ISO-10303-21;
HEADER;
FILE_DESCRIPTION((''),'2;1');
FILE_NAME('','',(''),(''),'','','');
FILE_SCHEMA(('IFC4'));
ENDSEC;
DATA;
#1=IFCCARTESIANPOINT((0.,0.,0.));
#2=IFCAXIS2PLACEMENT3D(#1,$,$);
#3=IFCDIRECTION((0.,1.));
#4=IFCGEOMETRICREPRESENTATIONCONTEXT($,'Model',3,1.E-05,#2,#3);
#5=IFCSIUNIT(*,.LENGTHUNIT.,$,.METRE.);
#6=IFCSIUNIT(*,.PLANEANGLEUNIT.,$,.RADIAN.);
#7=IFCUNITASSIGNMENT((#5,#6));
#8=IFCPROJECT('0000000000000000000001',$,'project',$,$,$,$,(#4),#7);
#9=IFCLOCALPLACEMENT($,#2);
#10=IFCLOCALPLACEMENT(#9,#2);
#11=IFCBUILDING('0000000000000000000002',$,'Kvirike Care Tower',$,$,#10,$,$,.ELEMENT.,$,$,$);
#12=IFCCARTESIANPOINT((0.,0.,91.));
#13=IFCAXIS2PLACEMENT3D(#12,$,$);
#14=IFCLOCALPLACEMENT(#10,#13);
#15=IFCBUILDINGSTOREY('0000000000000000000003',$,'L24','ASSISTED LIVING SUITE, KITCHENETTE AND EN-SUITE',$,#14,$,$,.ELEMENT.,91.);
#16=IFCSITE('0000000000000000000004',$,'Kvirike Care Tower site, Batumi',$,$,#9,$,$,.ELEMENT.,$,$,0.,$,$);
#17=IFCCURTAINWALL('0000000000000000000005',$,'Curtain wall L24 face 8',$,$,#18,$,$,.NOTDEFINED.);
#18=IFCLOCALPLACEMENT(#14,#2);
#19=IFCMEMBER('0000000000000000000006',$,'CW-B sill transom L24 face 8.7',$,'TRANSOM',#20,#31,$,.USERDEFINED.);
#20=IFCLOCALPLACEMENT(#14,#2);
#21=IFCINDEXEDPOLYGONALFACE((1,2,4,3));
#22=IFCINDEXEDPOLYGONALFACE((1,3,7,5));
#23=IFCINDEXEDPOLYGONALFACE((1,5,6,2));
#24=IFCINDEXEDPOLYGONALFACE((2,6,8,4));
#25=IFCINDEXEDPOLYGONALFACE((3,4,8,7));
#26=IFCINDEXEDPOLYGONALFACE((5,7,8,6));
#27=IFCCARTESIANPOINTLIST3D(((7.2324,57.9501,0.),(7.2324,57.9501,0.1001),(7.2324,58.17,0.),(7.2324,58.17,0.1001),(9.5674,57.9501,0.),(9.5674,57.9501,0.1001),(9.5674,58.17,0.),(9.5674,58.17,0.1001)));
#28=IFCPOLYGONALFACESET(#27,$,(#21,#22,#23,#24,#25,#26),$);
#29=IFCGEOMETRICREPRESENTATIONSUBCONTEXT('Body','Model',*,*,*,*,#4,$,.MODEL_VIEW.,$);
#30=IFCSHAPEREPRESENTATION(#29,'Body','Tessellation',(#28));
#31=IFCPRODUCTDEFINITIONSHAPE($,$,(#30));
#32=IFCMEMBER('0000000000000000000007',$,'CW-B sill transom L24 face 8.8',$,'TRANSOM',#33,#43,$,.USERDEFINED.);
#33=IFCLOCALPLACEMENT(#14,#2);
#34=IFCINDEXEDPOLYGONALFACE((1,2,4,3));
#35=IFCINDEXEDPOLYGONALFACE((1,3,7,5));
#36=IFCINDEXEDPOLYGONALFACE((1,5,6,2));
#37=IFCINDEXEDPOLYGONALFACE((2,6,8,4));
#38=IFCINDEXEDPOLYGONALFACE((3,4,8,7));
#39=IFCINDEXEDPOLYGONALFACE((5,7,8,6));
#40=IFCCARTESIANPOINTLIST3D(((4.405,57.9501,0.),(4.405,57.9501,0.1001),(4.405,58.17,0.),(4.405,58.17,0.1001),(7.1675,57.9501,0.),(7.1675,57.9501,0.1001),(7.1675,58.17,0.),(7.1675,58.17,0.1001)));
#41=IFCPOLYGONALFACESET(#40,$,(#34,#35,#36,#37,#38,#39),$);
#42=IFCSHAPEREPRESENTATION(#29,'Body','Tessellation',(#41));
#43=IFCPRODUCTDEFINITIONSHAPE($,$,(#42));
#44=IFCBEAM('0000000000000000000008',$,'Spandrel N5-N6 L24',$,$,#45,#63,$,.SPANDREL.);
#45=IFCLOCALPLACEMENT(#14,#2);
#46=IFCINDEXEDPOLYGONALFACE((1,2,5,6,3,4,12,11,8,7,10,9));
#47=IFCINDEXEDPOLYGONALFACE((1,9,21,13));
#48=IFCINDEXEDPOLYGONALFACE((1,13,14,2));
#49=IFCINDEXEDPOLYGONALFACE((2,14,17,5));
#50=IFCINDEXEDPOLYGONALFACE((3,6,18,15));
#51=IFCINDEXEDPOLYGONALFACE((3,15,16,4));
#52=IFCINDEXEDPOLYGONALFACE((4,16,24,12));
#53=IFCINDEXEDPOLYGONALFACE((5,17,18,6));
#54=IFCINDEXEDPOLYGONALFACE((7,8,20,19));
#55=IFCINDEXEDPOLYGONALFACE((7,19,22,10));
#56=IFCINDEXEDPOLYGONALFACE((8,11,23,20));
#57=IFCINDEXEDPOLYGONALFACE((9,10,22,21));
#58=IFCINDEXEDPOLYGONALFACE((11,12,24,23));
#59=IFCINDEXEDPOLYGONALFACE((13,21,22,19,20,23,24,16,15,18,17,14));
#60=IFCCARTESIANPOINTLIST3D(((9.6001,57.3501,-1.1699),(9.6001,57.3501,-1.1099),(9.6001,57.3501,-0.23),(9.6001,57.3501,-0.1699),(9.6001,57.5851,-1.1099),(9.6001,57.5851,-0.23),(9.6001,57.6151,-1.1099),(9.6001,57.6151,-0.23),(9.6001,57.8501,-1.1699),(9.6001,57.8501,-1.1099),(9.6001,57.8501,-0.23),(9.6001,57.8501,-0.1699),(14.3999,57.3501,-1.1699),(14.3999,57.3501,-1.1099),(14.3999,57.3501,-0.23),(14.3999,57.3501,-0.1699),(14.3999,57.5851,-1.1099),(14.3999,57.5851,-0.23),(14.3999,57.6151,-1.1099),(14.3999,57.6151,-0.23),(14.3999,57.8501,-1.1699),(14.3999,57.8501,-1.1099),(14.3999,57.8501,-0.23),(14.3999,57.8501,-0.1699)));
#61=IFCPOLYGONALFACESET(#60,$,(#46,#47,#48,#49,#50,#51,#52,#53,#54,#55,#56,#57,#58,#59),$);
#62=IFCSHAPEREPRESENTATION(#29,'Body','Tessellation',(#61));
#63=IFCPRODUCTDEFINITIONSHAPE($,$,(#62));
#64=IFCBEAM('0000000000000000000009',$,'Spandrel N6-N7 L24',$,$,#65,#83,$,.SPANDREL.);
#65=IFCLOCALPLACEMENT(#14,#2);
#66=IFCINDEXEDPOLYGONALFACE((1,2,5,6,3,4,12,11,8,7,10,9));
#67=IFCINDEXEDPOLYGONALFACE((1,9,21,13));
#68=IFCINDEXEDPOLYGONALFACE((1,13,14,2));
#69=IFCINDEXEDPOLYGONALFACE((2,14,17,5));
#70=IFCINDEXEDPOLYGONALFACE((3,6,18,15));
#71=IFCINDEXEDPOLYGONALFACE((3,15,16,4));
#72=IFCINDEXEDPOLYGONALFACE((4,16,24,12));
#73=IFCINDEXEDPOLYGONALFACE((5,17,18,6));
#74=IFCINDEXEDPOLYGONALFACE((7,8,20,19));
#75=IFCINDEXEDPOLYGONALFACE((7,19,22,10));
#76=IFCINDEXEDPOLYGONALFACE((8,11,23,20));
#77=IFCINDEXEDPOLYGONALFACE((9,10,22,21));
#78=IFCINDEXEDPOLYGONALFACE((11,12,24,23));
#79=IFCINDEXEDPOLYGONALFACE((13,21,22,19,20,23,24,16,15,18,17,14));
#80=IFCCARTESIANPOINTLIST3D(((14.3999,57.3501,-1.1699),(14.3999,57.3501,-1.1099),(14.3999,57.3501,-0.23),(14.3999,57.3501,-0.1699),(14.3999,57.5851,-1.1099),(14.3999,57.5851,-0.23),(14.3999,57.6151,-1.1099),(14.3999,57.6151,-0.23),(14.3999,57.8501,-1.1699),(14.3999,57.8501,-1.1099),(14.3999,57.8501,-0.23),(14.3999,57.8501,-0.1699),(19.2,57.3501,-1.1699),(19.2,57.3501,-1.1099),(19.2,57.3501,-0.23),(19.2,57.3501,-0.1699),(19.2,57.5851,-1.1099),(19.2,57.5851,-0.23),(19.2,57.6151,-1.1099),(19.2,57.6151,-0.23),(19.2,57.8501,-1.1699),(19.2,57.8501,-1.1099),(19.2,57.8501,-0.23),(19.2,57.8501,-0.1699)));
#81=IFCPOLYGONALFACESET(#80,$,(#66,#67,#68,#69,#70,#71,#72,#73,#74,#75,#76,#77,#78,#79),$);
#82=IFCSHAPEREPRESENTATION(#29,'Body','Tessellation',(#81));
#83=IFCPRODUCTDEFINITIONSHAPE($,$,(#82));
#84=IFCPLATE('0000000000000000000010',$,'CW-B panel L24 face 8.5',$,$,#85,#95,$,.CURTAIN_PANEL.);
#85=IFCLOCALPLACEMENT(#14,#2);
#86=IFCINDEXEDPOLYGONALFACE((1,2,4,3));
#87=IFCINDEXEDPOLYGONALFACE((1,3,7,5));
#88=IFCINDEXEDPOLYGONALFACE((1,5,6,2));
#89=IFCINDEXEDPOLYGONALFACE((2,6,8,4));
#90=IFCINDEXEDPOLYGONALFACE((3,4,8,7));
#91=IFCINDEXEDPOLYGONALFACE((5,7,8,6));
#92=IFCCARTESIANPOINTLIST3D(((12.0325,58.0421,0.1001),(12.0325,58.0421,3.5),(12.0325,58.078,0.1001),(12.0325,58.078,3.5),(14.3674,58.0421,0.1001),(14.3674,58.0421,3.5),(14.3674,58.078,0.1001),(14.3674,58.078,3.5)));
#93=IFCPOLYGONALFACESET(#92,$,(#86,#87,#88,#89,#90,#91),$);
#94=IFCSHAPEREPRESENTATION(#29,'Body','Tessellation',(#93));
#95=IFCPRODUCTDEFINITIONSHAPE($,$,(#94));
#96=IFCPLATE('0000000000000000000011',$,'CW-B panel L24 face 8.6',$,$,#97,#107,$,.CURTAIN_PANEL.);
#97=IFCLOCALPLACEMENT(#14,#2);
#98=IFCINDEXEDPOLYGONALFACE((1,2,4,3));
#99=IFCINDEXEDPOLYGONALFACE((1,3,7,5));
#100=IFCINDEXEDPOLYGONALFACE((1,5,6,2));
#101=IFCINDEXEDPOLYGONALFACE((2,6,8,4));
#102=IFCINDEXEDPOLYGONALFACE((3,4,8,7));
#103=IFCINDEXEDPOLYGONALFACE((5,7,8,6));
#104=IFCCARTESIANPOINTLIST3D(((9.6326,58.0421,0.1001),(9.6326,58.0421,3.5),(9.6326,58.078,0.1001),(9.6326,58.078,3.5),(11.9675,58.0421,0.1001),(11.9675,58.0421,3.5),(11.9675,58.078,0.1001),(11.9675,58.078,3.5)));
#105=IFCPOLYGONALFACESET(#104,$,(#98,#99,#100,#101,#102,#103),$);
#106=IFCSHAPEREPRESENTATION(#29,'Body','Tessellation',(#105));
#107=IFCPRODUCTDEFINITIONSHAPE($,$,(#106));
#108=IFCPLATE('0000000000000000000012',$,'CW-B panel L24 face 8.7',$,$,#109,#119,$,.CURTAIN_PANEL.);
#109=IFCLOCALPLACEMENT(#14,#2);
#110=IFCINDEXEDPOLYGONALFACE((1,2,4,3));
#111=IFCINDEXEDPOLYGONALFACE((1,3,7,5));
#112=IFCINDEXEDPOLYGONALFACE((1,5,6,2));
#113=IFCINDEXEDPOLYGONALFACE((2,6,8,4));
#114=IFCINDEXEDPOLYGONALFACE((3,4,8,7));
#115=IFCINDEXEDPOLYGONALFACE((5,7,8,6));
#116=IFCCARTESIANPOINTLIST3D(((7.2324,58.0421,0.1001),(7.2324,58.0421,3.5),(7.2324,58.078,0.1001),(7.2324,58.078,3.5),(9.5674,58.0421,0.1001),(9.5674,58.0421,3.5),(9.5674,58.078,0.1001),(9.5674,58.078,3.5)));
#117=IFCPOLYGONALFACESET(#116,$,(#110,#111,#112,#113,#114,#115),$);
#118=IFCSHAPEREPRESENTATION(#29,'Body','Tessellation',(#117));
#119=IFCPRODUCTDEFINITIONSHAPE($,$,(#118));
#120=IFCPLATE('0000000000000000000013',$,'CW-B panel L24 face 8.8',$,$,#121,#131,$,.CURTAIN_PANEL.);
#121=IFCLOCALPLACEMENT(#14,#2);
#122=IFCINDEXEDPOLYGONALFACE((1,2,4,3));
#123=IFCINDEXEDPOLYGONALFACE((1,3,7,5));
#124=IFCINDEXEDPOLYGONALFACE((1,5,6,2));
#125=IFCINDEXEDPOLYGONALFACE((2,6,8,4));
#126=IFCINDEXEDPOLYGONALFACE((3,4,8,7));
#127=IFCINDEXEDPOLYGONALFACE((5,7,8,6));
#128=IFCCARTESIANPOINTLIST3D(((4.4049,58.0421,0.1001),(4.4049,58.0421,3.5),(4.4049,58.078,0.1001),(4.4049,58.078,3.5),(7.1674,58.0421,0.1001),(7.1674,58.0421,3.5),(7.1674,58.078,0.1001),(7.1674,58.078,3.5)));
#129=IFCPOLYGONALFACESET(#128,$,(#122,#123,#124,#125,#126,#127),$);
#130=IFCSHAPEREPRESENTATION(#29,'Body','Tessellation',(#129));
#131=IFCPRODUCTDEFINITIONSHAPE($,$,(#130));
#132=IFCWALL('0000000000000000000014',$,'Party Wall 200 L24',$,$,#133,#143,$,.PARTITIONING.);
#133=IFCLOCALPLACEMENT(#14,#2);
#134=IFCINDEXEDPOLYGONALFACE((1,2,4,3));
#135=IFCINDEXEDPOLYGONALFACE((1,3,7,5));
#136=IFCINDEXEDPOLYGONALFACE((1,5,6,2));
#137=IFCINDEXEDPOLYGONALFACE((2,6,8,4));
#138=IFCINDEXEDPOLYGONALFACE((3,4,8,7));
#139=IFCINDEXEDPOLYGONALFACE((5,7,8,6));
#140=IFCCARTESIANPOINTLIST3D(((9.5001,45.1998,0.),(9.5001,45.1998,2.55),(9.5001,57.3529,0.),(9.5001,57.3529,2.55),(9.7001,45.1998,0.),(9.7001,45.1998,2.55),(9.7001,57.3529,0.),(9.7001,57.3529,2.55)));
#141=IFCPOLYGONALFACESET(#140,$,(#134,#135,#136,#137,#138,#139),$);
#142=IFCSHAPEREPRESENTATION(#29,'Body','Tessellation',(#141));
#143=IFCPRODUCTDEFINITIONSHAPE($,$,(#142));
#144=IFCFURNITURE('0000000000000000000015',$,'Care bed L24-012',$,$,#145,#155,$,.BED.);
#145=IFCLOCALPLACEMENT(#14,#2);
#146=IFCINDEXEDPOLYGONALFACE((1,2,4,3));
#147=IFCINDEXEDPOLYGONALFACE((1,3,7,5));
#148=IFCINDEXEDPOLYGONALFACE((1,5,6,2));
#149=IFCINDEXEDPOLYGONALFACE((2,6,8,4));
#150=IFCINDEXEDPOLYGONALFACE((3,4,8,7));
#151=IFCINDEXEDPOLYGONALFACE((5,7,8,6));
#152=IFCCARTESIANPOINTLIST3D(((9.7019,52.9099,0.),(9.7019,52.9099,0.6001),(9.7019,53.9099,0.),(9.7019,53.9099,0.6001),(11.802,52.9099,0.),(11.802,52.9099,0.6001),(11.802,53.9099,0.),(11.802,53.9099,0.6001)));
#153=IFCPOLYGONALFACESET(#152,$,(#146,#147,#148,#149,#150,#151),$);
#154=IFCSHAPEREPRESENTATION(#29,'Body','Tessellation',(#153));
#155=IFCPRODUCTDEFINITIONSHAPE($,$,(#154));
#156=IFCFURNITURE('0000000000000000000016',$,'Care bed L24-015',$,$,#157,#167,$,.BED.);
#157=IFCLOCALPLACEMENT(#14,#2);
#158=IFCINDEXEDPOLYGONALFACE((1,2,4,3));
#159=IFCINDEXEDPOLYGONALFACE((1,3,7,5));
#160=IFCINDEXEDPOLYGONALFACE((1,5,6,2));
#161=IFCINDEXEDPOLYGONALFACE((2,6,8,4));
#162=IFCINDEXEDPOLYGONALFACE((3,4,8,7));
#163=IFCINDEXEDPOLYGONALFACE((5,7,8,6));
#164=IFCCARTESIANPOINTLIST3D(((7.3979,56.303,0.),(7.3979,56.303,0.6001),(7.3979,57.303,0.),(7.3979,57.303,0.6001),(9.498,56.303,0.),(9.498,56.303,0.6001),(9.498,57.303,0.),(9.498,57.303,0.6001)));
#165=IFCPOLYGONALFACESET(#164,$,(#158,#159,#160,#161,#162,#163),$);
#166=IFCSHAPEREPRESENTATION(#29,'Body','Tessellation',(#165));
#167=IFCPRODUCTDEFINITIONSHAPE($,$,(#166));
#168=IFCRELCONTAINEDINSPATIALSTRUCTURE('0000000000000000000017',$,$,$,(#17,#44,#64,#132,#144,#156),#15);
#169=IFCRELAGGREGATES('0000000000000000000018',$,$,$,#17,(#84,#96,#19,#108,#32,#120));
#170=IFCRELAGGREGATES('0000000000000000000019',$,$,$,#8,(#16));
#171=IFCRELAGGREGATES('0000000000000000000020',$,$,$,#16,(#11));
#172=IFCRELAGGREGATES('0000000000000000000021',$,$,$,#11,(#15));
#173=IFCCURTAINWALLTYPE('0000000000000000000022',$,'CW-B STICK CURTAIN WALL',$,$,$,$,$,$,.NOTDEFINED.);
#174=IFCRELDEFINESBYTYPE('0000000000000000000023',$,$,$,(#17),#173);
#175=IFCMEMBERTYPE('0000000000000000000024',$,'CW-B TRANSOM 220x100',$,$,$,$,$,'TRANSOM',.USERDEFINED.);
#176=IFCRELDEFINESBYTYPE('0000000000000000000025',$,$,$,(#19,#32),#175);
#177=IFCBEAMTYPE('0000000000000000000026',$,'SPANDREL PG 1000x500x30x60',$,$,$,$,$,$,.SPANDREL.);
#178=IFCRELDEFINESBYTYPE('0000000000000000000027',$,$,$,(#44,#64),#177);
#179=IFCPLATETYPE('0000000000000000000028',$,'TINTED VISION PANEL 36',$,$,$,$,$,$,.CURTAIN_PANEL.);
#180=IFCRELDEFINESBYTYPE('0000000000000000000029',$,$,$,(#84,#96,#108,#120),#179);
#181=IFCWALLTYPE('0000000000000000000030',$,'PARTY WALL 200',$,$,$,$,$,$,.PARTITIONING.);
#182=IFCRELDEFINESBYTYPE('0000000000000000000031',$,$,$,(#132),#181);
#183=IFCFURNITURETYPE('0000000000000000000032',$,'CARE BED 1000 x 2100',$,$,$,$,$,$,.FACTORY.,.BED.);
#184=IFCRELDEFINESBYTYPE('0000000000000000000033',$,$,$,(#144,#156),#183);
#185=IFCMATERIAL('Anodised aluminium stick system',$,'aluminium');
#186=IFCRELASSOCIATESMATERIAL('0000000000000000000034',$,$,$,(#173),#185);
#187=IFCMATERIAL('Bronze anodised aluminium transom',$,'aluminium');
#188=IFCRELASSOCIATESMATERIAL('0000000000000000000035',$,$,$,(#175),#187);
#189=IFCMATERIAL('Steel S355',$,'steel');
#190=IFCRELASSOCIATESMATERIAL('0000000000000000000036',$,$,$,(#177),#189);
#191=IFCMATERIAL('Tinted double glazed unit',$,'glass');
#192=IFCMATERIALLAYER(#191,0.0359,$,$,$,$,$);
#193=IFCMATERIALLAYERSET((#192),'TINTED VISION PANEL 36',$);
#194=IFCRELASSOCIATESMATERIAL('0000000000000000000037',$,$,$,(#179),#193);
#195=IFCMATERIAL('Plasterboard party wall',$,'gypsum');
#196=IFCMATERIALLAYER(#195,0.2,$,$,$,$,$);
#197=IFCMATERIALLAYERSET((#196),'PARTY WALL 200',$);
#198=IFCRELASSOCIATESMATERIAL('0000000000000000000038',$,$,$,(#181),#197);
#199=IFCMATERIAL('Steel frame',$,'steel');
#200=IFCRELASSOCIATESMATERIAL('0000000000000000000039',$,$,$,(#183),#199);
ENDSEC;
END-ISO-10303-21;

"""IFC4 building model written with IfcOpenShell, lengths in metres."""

from ifc_helpers import new_model, si_unit, direction, frame, frame_2d, origin, origin_2d, place, context, subcontext, project, spatial, rectangle, i_section, extrude, material, layer, layer_set, material_profile, profile_set, type_object, element, aggregate, save


model = new_model("IFC4")

# Units and contexts
model_context = context("Model", 3, precision=1e-05, world=origin(), true_north=direction((0.0, 1.0)))
body_context = subcontext(model_context, "Body", "Model", "MODEL_VIEW")
ifc_project = project(units=[si_unit("LENGTHUNIT", "METRE"), si_unit("PLANEANGLEUNIT", "RADIAN")], contexts=[model_context])

# Site, building, storey
site_placement = place(None, origin())
site = spatial("IfcSite", under=ifc_project, at=site_placement, Name="Kvirike Care Tower site, Batumi", CompositionType="ELEMENT", RefElevation=0.0)
building_placement = place(site_placement, origin())
building = spatial("IfcBuilding", under=site, at=building_placement, Name="Kvirike Care Tower", CompositionType="ELEMENT")
storey_placement = place(building_placement, frame((0.0, 0.0, 91.0)))
storey = spatial("IfcBuildingStorey", under=building, at=storey_placement, Name="L24", Description="ASSISTED LIVING SUITE, KITCHENETTE AND EN-SUITE", CompositionType="ELEMENT", Elevation=91.0)

# Curtain wall, members
ifc_material_1 = material(Name="Anodised aluminium stick system", Category="aluminium")
curtain_wall_type = type_object("IfcCurtainWallType", Name="CW-B STICK CURTAIN WALL", PredefinedType="NOTDEFINED", material=ifc_material_1)
curtain_wall_placement = place(storey_placement, origin())
curtain_wall = element("IfcCurtainWall", 1, at=curtain_wall_placement, inside=storey, type_object=curtain_wall_type, Name="Curtain wall L24 face 8", PredefinedType="NOTDEFINED")
ifc_material_2 = material(Name="Bronze anodised aluminium transom", Category="aluminium")
ifc_material_profile_1 = material_profile(ifc_material_2, rectangle(XDim=0.22, YDim=0.1001, at=origin_2d()), Name="CW-B TRANSOM 220x100")
ifc_profile_set_1 = profile_set([ifc_material_profile_1], Name="Bronze anodised aluminium transom")
member_type_1 = type_object("IfcMemberType", Name="CW-B TRANSOM 220x100", ElementType="TRANSOM", PredefinedType="USERDEFINED", material=ifc_profile_set_1)
member_1_placement = place(storey_placement, frame((9.5674, 58.0601, 0.05), z_axis=(-1.0, 0.0, 0.0), x_axis=(0.0, -1.0, 0.0)))
member_1 = element("IfcMember", 2, at=member_1_placement, type_object=member_type_1, Name="CW-B sill transom L24 face 8.7", ObjectType="TRANSOM", PredefinedType="USERDEFINED", context=body_context, shape_type="SweptSolid", body=[
    extrude(rectangle(XDim=0.22, YDim=0.1001, at=origin_2d()), origin(), (0.0, 0.0, 1.0), 2.335),
])
member_2_placement = place(storey_placement, frame((7.1675, 58.0601, 0.05), z_axis=(-1.0, 0.0, 0.0), x_axis=(0.0, -1.0, 0.0)))
member_2 = element("IfcMember", 3, at=member_2_placement, type_object=member_type_1, Name="CW-B sill transom L24 face 8.8", ObjectType="TRANSOM", PredefinedType="USERDEFINED", context=body_context, shape_type="SweptSolid", body=[
    extrude(rectangle(XDim=0.22, YDim=0.1001, at=origin_2d()), origin(), (0.0, 0.0, 1.0), 2.7625),
])

# Beams
ifc_material_3 = material(Name="Steel S355", Category="steel")
ifc_material_profile_2 = material_profile(ifc_material_3, i_section(OverallWidth=0.5, OverallDepth=1.0, WebThickness=0.03, FlangeThickness=0.0601, at=origin_2d()), Name="PG 1000x500x30x60")
ifc_profile_set_2 = profile_set([ifc_material_profile_2], Name="Steel S355")
beam_type = type_object("IfcBeamType", Name="SPANDREL PG 1000x500x30x60", PredefinedType="SPANDREL", material=ifc_profile_set_2)
beam_1_placement = place(storey_placement, frame((9.6001, 57.6001, -0.6699), z_axis=(1.0, 0.0, 0.0), x_axis=(0.0, 1.0, 0.0)))
element("IfcBeam", 4, at=beam_1_placement, inside=storey, type_object=beam_type, Name="Spandrel N5-N6 L24", PredefinedType="SPANDREL", context=body_context, shape_type="SweptSolid", body=[
    extrude(i_section(OverallWidth=0.5, OverallDepth=1.0, WebThickness=0.03, FlangeThickness=0.0601, at=origin_2d()), origin(), (0.0, 0.0, 1.0), 4.7998),
])
beam_2_placement = place(storey_placement, frame((14.3999, 57.6001, -0.6699), z_axis=(1.0, 0.0, 0.0), x_axis=(0.0, 1.0, 0.0)))
element("IfcBeam", 5, at=beam_2_placement, inside=storey, type_object=beam_type, Name="Spandrel N6-N7 L24", PredefinedType="SPANDREL", context=body_context, shape_type="SweptSolid", body=[
    extrude(i_section(OverallWidth=0.5, OverallDepth=1.0, WebThickness=0.03, FlangeThickness=0.0601, at=origin_2d()), origin(), (0.0, 0.0, 1.0), 4.8),
])

# Plates
ifc_material_4 = material(Name="Tinted double glazed unit", Category="glass")
ifc_layer_1 = layer(ifc_material_4, 0.0359)
ifc_layer_set_1 = layer_set([ifc_layer_1], Name="TINTED VISION PANEL 36")
plate_type = type_object("IfcPlateType", Name="TINTED VISION PANEL 36", PredefinedType="CURTAIN_PANEL", material=ifc_layer_set_1)
plate_1_placement = place(storey_placement, frame((13.2, 58.0601, 0.1001), z_axis=(0.0, 0.0, 1.0), x_axis=(-1.0, 0.0, 0.0)))
plate_1 = element("IfcPlate", 6, at=plate_1_placement, type_object=plate_type, Name="CW-B panel L24 face 8.5", PredefinedType="CURTAIN_PANEL", context=body_context, shape_type="SweptSolid", body=[
    extrude(rectangle(XDim=2.335, YDim=0.0359, at=origin_2d()), origin(), (0.0, 0.0, 1.0), 3.3999),
])
plate_2_placement = place(storey_placement, frame((10.8, 58.0601, 0.1001), z_axis=(0.0, 0.0, 1.0), x_axis=(-1.0, 0.0, 0.0)))
plate_2 = element("IfcPlate", 7, at=plate_2_placement, type_object=plate_type, Name="CW-B panel L24 face 8.6", PredefinedType="CURTAIN_PANEL", context=body_context, shape_type="SweptSolid", body=[
    extrude(rectangle(XDim=2.335, YDim=0.0359, at=origin_2d()), origin(), (0.0, 0.0, 1.0), 3.3999),
])
plate_3_placement = place(storey_placement, frame((8.3999, 58.0601, 0.1001), z_axis=(0.0, 0.0, 1.0), x_axis=(-1.0, 0.0, 0.0)))
plate_3 = element("IfcPlate", 8, at=plate_3_placement, type_object=plate_type, Name="CW-B panel L24 face 8.7", PredefinedType="CURTAIN_PANEL", context=body_context, shape_type="SweptSolid", body=[
    extrude(rectangle(XDim=2.335, YDim=0.0359, at=origin_2d()), origin(), (0.0, 0.0, 1.0), 3.3999),
])
plate_4_placement = place(storey_placement, frame((5.7861, 58.0601, 0.1001), z_axis=(0.0, 0.0, 1.0), x_axis=(-1.0, 0.0, 0.0)))
plate_4 = element("IfcPlate", 9, at=plate_4_placement, type_object=plate_type, Name="CW-B panel L24 face 8.8", PredefinedType="CURTAIN_PANEL", context=body_context, shape_type="SweptSolid", body=[
    extrude(rectangle(XDim=2.7625, YDim=0.0359, at=origin_2d()), origin(), (0.0, 0.0, 1.0), 3.3999),
])
aggregate(curtain_wall, [plate_1, plate_2, member_1, plate_3, member_2, plate_4])

# Wall
ifc_material_5 = material(Name="Plasterboard party wall", Category="gypsum")
ifc_layer_2 = layer(ifc_material_5, 0.2)
ifc_layer_set_2 = layer_set([ifc_layer_2], Name="PARTY WALL 200")
wall_type = type_object("IfcWallType", Name="PARTY WALL 200", PredefinedType="PARTITIONING", material=ifc_layer_set_2)
wall_placement = place(storey_placement, frame((9.6001, 57.353, 0.0), z_axis=(0.0, 0.0, 1.0), x_axis=(0.0, -1.0, 0.0)))
element("IfcWall", 10, at=wall_placement, inside=storey, type_object=wall_type, Name="Party Wall 200 L24", PredefinedType="PARTITIONING", context=body_context, shape_type="SweptSolid", body=[
    extrude(rectangle(XDim=12.1531, YDim=0.2, at=frame_2d((6.0767, 0.0))), origin(), (0.0, 0.0, 1.0), 2.55),
])

# Furniture
ifc_material_6 = material(Name="Steel frame", Category="steel")
furniture_type = type_object("IfcFurnitureType", Name="CARE BED 1000 x 2100", AssemblyPlace="FACTORY", PredefinedType="BED", material=ifc_material_6)
for number, where, z_axis, x_axis, name in (
    (11, (10.752, 53.4099, 0.0), (0.0, 0.0, 1.0), (0.0, 1.0, 0.0), "Care bed L24-012"),
    (12, (8.448, 56.803, 0.0), (0.0, 0.0, 1.0), (0.0, -1.0, 0.0), "Care bed L24-015"),
):
    element("IfcFurniture", number, at=place(storey_placement, frame(where, z_axis=z_axis, x_axis=x_axis)), inside=storey, type_object=furniture_type, Name=name, PredefinedType="BED", context=body_context, shape_type="SweptSolid", body=[
        extrude(rectangle(XDim=1.0, YDim=2.1001, at=origin_2d()), origin(), (0.0, 0.0, 1.0), 0.6001),
    ])

save(model, "model.ifc")
